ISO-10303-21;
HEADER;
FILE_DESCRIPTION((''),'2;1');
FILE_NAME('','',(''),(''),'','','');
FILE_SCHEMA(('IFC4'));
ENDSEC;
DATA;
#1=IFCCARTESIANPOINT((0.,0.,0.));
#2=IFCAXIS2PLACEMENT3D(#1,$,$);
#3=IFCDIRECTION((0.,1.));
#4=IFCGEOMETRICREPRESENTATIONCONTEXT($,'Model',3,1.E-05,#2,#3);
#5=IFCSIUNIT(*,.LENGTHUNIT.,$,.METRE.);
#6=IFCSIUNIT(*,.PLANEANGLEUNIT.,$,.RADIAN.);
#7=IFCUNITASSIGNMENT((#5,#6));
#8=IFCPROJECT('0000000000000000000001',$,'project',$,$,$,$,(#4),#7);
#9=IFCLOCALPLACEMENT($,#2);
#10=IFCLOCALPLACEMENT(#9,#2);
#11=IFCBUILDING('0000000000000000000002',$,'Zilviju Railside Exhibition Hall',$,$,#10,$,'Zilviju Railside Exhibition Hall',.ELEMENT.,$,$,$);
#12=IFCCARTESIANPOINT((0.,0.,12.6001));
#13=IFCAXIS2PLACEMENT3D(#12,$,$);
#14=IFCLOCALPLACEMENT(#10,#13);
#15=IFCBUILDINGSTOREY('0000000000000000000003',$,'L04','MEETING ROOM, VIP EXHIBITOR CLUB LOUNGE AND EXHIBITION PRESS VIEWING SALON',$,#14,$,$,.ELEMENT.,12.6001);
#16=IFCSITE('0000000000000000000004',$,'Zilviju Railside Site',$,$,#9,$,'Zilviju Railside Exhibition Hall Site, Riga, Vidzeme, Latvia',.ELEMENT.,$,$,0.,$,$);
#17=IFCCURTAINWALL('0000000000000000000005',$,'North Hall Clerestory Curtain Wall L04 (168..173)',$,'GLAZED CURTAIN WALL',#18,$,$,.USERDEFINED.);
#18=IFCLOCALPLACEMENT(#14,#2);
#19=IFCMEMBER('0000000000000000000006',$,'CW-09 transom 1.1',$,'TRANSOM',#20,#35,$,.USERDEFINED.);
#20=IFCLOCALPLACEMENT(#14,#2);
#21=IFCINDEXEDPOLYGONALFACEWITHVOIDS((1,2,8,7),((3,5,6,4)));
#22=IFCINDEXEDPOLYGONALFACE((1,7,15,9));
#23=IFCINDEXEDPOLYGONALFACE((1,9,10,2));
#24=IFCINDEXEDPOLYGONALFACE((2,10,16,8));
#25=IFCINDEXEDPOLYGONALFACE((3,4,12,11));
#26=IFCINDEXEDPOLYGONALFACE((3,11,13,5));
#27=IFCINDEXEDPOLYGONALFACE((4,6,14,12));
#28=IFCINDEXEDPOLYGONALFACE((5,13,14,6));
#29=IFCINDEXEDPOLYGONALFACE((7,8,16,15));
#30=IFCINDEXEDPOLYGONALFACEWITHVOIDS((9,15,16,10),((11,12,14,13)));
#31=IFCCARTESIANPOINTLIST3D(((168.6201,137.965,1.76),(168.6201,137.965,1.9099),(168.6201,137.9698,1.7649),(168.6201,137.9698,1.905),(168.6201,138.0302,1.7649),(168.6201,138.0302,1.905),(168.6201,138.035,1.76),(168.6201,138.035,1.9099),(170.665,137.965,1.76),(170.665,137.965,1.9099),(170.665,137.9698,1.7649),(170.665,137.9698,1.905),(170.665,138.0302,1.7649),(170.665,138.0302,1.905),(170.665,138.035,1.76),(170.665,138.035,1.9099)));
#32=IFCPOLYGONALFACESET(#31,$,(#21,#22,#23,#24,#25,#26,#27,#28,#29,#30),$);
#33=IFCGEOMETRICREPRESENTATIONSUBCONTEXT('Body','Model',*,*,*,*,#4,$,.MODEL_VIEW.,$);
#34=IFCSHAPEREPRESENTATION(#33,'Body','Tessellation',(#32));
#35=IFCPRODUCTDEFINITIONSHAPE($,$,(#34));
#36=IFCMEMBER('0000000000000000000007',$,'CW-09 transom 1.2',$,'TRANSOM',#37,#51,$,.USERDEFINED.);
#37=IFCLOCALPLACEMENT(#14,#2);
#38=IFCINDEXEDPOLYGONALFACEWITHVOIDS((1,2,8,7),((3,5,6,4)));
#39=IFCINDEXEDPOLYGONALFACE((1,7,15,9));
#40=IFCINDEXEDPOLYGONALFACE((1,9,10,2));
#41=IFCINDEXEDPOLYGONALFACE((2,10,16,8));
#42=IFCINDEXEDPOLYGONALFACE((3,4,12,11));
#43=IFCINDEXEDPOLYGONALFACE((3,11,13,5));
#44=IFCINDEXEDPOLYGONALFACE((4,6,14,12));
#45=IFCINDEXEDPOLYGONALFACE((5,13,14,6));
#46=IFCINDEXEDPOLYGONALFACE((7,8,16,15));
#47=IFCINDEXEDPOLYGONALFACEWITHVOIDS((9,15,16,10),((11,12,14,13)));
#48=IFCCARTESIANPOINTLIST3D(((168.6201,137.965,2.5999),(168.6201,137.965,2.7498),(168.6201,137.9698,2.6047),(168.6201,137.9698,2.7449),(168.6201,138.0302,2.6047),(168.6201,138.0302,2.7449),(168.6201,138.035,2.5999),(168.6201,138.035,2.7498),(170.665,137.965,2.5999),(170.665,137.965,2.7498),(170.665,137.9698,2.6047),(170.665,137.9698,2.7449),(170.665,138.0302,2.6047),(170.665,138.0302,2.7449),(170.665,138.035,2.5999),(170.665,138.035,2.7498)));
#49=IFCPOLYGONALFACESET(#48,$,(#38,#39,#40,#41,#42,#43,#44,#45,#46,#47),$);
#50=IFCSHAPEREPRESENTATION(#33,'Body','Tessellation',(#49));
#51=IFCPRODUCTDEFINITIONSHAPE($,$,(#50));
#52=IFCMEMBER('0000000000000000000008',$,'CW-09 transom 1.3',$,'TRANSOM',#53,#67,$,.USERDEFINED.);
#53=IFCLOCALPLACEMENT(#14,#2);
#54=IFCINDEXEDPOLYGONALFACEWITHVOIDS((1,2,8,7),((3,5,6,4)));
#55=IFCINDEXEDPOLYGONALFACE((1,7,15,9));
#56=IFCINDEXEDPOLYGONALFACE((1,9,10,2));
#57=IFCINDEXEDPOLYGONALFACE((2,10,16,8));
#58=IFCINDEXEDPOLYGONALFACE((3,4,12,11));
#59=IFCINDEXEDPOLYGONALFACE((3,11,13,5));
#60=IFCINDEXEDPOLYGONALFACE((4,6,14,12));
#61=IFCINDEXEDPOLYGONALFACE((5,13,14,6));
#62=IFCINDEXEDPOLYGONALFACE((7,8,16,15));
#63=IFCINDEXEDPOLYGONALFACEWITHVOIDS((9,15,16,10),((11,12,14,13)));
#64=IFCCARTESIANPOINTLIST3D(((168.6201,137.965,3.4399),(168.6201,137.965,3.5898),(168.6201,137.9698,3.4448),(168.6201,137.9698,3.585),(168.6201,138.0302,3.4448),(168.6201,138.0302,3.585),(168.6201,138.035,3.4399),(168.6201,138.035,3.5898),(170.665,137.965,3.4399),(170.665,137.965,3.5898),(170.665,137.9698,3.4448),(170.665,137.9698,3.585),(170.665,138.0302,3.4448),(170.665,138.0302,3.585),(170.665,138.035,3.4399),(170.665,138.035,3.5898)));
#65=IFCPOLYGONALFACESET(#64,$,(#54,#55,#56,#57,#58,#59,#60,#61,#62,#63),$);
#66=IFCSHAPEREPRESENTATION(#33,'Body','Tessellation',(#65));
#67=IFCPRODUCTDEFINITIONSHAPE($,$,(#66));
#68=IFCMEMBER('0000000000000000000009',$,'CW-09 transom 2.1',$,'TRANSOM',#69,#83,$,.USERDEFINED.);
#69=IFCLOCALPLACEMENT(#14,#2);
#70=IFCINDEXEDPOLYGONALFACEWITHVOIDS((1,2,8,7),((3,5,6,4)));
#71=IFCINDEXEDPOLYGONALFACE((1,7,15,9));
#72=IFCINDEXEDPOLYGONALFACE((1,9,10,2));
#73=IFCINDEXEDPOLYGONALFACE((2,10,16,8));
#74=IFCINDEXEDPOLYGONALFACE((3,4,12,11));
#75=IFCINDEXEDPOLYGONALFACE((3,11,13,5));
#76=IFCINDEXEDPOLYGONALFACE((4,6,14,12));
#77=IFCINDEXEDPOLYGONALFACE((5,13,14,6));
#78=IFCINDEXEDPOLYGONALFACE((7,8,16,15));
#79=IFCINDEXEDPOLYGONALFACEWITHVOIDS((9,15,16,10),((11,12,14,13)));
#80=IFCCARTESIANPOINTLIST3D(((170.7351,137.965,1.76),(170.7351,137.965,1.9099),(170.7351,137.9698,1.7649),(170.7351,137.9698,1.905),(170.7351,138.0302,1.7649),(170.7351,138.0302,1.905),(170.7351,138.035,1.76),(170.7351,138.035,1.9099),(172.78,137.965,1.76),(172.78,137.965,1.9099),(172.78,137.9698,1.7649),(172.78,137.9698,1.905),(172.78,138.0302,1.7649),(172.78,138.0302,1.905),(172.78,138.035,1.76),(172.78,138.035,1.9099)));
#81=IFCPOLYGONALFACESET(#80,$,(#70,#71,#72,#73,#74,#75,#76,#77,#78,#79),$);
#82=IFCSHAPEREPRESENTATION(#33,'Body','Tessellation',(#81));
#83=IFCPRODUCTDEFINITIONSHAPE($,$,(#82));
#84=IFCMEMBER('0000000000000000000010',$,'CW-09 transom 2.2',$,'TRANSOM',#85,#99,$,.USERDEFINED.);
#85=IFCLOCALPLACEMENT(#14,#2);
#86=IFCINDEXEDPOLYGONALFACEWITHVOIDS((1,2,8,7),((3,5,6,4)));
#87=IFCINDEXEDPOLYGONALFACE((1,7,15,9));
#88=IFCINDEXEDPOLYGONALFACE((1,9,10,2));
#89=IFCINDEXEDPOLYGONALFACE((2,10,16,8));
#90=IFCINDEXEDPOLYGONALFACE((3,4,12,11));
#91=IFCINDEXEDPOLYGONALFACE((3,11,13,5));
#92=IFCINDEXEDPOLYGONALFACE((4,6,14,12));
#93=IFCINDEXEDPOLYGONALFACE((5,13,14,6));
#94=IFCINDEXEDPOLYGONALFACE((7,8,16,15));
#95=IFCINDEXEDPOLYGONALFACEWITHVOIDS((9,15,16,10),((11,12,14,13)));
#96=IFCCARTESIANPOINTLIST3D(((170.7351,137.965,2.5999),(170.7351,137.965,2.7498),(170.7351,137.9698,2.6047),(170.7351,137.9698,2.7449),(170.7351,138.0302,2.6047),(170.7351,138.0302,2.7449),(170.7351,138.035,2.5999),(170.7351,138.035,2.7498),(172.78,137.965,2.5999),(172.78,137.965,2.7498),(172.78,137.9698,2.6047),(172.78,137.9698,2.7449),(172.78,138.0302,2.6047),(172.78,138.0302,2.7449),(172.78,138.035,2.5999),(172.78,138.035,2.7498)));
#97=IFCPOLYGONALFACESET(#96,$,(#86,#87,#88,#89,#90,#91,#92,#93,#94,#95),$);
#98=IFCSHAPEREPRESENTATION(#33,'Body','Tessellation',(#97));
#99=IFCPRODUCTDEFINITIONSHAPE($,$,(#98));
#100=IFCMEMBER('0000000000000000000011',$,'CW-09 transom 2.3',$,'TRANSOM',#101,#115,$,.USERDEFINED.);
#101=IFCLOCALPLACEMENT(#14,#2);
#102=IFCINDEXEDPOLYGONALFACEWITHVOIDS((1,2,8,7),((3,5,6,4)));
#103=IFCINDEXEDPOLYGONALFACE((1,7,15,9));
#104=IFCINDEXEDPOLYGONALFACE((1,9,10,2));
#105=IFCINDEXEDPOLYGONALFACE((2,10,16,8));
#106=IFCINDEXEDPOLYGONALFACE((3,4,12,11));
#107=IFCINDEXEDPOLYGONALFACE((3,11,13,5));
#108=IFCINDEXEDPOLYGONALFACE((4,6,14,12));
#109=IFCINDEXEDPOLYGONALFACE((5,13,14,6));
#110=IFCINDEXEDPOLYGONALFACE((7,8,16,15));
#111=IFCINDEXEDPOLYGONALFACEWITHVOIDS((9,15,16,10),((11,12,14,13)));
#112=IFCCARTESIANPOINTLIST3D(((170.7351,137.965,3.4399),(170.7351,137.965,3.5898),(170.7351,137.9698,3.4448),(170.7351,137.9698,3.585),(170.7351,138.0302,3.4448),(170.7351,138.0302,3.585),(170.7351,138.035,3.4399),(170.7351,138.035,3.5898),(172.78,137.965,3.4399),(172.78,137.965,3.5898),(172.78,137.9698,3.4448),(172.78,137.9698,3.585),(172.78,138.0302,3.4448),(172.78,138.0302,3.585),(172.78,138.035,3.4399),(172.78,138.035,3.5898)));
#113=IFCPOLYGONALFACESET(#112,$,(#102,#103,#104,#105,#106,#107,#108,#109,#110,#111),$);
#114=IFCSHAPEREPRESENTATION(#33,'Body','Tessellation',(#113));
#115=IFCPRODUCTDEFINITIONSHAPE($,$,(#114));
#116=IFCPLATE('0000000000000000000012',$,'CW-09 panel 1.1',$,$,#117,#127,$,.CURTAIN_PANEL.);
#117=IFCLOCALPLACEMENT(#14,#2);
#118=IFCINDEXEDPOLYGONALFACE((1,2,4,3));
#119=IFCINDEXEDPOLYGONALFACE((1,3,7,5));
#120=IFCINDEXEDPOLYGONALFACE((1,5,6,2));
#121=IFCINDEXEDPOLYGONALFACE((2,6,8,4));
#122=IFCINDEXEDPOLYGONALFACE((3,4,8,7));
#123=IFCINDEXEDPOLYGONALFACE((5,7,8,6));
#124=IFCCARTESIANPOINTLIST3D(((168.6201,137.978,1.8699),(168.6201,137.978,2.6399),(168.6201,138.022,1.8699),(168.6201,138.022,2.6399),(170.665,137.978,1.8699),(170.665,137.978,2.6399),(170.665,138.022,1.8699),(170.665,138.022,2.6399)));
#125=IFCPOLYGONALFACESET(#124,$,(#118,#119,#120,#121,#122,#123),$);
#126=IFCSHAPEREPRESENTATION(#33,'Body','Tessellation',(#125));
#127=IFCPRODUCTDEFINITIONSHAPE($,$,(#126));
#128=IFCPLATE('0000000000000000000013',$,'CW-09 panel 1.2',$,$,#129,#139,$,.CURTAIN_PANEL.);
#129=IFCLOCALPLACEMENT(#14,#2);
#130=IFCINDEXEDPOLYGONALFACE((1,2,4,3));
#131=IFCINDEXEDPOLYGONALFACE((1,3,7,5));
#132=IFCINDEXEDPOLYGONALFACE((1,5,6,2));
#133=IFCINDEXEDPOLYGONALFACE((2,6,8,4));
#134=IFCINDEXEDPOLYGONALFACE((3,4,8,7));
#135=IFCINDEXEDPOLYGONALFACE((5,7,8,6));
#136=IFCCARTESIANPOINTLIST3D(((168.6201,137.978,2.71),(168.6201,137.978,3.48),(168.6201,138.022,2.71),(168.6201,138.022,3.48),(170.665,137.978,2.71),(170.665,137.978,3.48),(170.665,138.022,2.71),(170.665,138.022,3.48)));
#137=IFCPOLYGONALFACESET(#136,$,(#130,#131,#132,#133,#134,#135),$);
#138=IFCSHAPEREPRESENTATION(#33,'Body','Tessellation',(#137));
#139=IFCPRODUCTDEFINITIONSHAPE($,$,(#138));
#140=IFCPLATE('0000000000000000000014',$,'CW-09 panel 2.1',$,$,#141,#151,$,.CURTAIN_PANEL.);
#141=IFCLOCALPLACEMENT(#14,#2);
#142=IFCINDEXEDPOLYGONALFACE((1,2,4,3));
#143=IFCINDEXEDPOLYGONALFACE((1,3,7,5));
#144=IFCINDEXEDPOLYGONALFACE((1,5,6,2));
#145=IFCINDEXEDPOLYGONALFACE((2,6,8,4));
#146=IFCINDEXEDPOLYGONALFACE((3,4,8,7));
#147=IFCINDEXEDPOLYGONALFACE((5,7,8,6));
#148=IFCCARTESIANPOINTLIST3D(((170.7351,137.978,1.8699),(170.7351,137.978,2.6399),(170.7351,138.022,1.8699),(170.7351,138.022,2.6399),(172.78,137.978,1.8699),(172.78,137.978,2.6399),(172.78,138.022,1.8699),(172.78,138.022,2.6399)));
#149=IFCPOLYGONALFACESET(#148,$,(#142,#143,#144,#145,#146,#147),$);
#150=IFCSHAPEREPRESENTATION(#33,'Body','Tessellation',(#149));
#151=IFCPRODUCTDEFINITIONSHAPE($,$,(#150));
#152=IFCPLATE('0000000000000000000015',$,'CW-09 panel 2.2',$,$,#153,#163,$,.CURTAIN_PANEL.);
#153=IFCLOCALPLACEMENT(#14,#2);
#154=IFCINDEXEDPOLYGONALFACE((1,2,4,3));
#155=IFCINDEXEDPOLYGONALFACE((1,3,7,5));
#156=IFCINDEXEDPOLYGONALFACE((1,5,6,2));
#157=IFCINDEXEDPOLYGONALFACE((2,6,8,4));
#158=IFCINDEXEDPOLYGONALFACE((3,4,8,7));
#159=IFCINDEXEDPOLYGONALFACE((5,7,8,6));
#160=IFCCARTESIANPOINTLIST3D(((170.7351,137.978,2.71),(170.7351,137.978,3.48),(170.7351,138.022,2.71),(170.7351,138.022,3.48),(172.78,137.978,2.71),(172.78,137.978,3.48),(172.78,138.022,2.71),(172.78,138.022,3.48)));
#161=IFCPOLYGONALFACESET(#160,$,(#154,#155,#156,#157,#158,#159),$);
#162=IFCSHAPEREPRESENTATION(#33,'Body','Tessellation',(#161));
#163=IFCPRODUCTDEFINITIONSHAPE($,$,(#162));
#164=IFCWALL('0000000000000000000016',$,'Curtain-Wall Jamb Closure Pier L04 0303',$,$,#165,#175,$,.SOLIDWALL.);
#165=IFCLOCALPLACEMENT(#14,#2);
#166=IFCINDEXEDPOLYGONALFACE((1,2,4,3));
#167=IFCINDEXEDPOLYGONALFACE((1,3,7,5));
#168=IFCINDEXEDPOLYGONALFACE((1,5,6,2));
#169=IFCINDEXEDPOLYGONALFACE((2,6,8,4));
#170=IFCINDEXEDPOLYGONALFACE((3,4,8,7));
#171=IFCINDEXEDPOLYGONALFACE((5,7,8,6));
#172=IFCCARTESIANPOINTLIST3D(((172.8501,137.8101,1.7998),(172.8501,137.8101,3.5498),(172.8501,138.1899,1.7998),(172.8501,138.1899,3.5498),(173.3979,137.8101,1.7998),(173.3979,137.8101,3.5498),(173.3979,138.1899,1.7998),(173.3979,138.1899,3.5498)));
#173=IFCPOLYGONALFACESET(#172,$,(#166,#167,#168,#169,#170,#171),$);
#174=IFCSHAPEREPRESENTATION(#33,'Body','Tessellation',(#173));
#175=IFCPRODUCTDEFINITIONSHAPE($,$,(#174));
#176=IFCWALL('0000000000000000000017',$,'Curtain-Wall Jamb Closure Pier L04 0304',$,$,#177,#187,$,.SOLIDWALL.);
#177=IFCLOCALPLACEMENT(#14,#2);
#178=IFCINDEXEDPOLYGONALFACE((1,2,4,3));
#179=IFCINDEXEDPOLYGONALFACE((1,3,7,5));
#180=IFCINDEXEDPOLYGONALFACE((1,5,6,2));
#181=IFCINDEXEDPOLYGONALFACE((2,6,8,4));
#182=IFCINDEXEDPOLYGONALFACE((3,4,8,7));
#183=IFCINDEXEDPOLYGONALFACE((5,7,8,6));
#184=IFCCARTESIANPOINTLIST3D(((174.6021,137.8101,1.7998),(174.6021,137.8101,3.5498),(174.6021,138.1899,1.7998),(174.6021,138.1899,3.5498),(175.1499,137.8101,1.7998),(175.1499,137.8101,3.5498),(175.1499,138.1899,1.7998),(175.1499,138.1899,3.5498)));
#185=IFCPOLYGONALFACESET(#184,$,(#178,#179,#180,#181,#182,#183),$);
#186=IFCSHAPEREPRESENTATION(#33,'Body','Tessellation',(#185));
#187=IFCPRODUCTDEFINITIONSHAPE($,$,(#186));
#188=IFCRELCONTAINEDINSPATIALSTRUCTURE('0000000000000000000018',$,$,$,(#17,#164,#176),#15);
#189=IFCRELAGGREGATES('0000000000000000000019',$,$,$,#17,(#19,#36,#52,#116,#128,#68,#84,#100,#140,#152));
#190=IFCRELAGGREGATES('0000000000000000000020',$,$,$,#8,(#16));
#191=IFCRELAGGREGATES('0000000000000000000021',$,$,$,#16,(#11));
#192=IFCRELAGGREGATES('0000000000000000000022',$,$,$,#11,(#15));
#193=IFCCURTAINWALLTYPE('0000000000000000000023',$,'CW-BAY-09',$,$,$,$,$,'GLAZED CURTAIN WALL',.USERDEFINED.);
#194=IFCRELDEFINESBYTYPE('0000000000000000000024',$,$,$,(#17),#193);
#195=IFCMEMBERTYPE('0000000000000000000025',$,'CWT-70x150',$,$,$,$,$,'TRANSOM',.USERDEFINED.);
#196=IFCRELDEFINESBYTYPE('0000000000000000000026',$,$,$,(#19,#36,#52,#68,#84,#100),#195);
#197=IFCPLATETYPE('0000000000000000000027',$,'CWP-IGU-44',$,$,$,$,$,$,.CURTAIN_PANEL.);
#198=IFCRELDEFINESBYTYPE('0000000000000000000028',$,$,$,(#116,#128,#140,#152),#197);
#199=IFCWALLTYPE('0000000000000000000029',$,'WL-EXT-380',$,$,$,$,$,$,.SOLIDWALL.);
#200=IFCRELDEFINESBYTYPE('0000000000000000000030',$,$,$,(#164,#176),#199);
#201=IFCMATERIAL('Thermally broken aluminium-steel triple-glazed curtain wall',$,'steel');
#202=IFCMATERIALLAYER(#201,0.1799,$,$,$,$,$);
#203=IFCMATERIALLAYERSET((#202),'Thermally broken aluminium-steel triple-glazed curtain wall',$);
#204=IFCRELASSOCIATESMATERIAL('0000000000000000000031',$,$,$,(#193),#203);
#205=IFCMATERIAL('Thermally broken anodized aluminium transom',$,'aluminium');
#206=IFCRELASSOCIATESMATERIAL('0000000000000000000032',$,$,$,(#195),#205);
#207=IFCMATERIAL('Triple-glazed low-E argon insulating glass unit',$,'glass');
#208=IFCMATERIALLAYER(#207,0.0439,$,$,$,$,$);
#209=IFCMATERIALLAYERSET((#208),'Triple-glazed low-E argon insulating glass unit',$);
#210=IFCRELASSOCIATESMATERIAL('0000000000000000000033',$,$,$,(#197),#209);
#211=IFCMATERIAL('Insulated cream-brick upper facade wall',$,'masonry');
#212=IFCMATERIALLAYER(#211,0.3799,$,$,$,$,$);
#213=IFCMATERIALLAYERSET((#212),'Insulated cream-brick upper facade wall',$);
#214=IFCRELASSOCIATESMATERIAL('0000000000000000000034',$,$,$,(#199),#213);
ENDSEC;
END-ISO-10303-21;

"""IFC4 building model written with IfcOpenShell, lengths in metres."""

from ifc_helpers import new_model, si_unit, direction, frame, frame_2d, origin, origin_2d, place, context, subcontext, project, spatial, rectangle, hollow_rectangle, extrude, material, layer, layer_set, material_profile, profile_set, type_object, element, aggregate, save


model = new_model("IFC4")

# Units and contexts
model_context = context("Model", 3, precision=1e-05, world=origin(), true_north=direction((0.0, 1.0)))
body_context = subcontext(model_context, "Body", "Model", "MODEL_VIEW")
ifc_project = project(units=[si_unit("LENGTHUNIT", "METRE"), si_unit("PLANEANGLEUNIT", "RADIAN")], contexts=[model_context])

# Site, building, storey
site_placement = place(None, origin())
site = spatial("IfcSite", under=ifc_project, at=site_placement, Name="Zilviju Railside Site", LongName="Zilviju Railside Exhibition Hall Site, Riga, Vidzeme, Latvia", CompositionType="ELEMENT", RefElevation=0.0)
building_placement = place(site_placement, origin())
building = spatial("IfcBuilding", under=site, at=building_placement, Name="Zilviju Railside Exhibition Hall", LongName="Zilviju Railside Exhibition Hall", CompositionType="ELEMENT")
storey_placement = place(building_placement, frame((0.0, 0.0, 12.6001)))
storey = spatial("IfcBuildingStorey", under=building, at=storey_placement, Name="L04", Description="MEETING ROOM, VIP EXHIBITOR CLUB LOUNGE AND EXHIBITION PRESS VIEWING SALON", CompositionType="ELEMENT", Elevation=12.6001)

# Shared definitions
ifc_material_1 = material(Name="Thermally broken aluminium-steel triple-glazed curtain wall", Category="steel")

# Curtain wall
ifc_layer_1 = layer(ifc_material_1, 0.1799)
ifc_layer_set_1 = layer_set([ifc_layer_1], Name="Thermally broken aluminium-steel triple-glazed curtain wall")
curtain_wall_type_1 = type_object("IfcCurtainWallType", Name="CW-BAY-09", ElementType="GLAZED CURTAIN WALL", PredefinedType="USERDEFINED", material=ifc_layer_set_1)
curtain_wall_1_placement = place(storey_placement, origin())
curtain_wall_1 = element("IfcCurtainWall", 1, at=curtain_wall_1_placement, inside=storey, type_object=curtain_wall_type_1, Name="North Hall Clerestory Curtain Wall L04 (168..173)", ObjectType="GLAZED CURTAIN WALL", PredefinedType="USERDEFINED")

# Members
ifc_material_2 = material(Name="Thermally broken anodized aluminium transom", Category="aluminium")
ifc_material_profile_1 = material_profile(ifc_material_2, hollow_rectangle(XDim=0.0701, YDim=0.1499, WallThickness=0.0049, at=origin_2d()), Name="TRANSOM 150x70x5")
ifc_profile_set_1 = profile_set([ifc_material_profile_1], Name="Thermally broken anodized aluminium transom")
member_type_1 = type_object("IfcMemberType", Name="CWT-70x150", ElementType="TRANSOM", PredefinedType="USERDEFINED", material=ifc_profile_set_1)
member_1_placement = place(storey_placement, frame((168.6201, 138.0, 1.835), z_axis=(1.0, 0.0, 0.0), x_axis=(0.0, 1.0, 0.0)))
member_1 = element("IfcMember", 2, at=member_1_placement, type_object=member_type_1, Name="CW-09 transom 1.1", ObjectType="TRANSOM", PredefinedType="USERDEFINED", context=body_context, shape_type="SweptSolid", body=[
    extrude(hollow_rectangle(XDim=0.0701, YDim=0.1499, WallThickness=0.0049, at=origin_2d()), origin(), (0.0, 0.0, 1.0), 2.0449),
])
member_2_placement = place(storey_placement, frame((168.6201, 138.0, 2.6748), z_axis=(1.0, 0.0, 0.0), x_axis=(0.0, 1.0, 0.0)))
member_2 = element("IfcMember", 3, at=member_2_placement, type_object=member_type_1, Name="CW-09 transom 1.2", ObjectType="TRANSOM", PredefinedType="USERDEFINED", context=body_context, shape_type="SweptSolid", body=[
    extrude(hollow_rectangle(XDim=0.0701, YDim=0.1499, WallThickness=0.0049, at=origin_2d()), origin(), (0.0, 0.0, 1.0), 2.0449),
])
member_3_placement = place(storey_placement, frame((168.6201, 138.0, 3.5149), z_axis=(1.0, 0.0, 0.0), x_axis=(0.0, 1.0, 0.0)))
member_3 = element("IfcMember", 4, at=member_3_placement, type_object=member_type_1, Name="CW-09 transom 1.3", ObjectType="TRANSOM", PredefinedType="USERDEFINED", context=body_context, shape_type="SweptSolid", body=[
    extrude(hollow_rectangle(XDim=0.0701, YDim=0.1499, WallThickness=0.0049, at=origin_2d()), origin(), (0.0, 0.0, 1.0), 2.0449),
])
member_4_placement = place(storey_placement, frame((170.7351, 138.0, 1.835), z_axis=(1.0, 0.0, 0.0), x_axis=(0.0, 1.0, 0.0)))
member_4 = element("IfcMember", 5, at=member_4_placement, type_object=member_type_1, Name="CW-09 transom 2.1", ObjectType="TRANSOM", PredefinedType="USERDEFINED", context=body_context, shape_type="SweptSolid", body=[
    extrude(hollow_rectangle(XDim=0.0701, YDim=0.1499, WallThickness=0.0049, at=origin_2d()), origin(), (0.0, 0.0, 1.0), 2.0449),
])
member_5_placement = place(storey_placement, frame((170.7351, 138.0, 2.6748), z_axis=(1.0, 0.0, 0.0), x_axis=(0.0, 1.0, 0.0)))
member_5 = element("IfcMember", 6, at=member_5_placement, type_object=member_type_1, Name="CW-09 transom 2.2", ObjectType="TRANSOM", PredefinedType="USERDEFINED", context=body_context, shape_type="SweptSolid", body=[
    extrude(hollow_rectangle(XDim=0.0701, YDim=0.1499, WallThickness=0.0049, at=origin_2d()), origin(), (0.0, 0.0, 1.0), 2.0449),
])
member_6_placement = place(storey_placement, frame((170.7351, 138.0, 3.5149), z_axis=(1.0, 0.0, 0.0), x_axis=(0.0, 1.0, 0.0)))
member_6 = element("IfcMember", 7, at=member_6_placement, type_object=member_type_1, Name="CW-09 transom 2.3", ObjectType="TRANSOM", PredefinedType="USERDEFINED", context=body_context, shape_type="SweptSolid", body=[
    extrude(hollow_rectangle(XDim=0.0701, YDim=0.1499, WallThickness=0.0049, at=origin_2d()), origin(), (0.0, 0.0, 1.0), 2.0449),
])

# Plates
ifc_material_3 = material(Name="Triple-glazed low-E argon insulating glass unit", Category="glass")
ifc_layer_2 = layer(ifc_material_3, 0.0439)
ifc_layer_set_2 = layer_set([ifc_layer_2], Name="Triple-glazed low-E argon insulating glass unit")
plate_type = type_object("IfcPlateType", Name="CWP-IGU-44", PredefinedType="CURTAIN_PANEL", material=ifc_layer_set_2)
plate_1_placement = place(storey_placement, frame((169.6426, 138.0, 1.8699), z_axis=(0.0, 0.0, 1.0), x_axis=(1.0, 0.0, 0.0)))
plate_1 = element("IfcPlate", 8, at=plate_1_placement, type_object=plate_type, Name="CW-09 panel 1.1", PredefinedType="CURTAIN_PANEL", context=body_context, shape_type="SweptSolid", body=[
    extrude(rectangle(XDim=2.0449, YDim=0.0439, at=origin_2d()), origin(), (0.0, 0.0, 1.0), 0.77),
])
plate_2_placement = place(storey_placement, frame((169.6426, 138.0, 2.71), z_axis=(0.0, 0.0, 1.0), x_axis=(1.0, 0.0, 0.0)))
plate_2 = element("IfcPlate", 9, at=plate_2_placement, type_object=plate_type, Name="CW-09 panel 1.2", PredefinedType="CURTAIN_PANEL", context=body_context, shape_type="SweptSolid", body=[
    extrude(rectangle(XDim=2.0449, YDim=0.0439, at=origin_2d()), origin(), (0.0, 0.0, 1.0), 0.77),
])
plate_3_placement = place(storey_placement, frame((171.7576, 138.0, 1.8699), z_axis=(0.0, 0.0, 1.0), x_axis=(1.0, 0.0, 0.0)))
plate_3 = element("IfcPlate", 10, at=plate_3_placement, type_object=plate_type, Name="CW-09 panel 2.1", PredefinedType="CURTAIN_PANEL", context=body_context, shape_type="SweptSolid", body=[
    extrude(rectangle(XDim=2.0449, YDim=0.0439, at=origin_2d()), origin(), (0.0, 0.0, 1.0), 0.77),
])
plate_4_placement = place(storey_placement, frame((171.7576, 138.0, 2.71), z_axis=(0.0, 0.0, 1.0), x_axis=(1.0, 0.0, 0.0)))
plate_4 = element("IfcPlate", 11, at=plate_4_placement, type_object=plate_type, Name="CW-09 panel 2.2", PredefinedType="CURTAIN_PANEL", context=body_context, shape_type="SweptSolid", body=[
    extrude(rectangle(XDim=2.0449, YDim=0.0439, at=origin_2d()), origin(), (0.0, 0.0, 1.0), 0.77),
])
aggregate(curtain_wall_1, [member_1, member_2, member_3, plate_1, plate_2, member_4, member_5, member_6, plate_3, plate_4])

# Walls
ifc_material_4 = material(Name="Insulated cream-brick upper facade wall", Category="masonry")
ifc_layer_3 = layer(ifc_material_4, 0.3799)
ifc_layer_set_3 = layer_set([ifc_layer_3], Name="Insulated cream-brick upper facade wall")
wall_type_1 = type_object("IfcWallType", Name="WL-EXT-380", PredefinedType="SOLIDWALL", material=ifc_layer_set_3)
for number, where, z_axis, x_axis, name in (
    (12, (172.8501, 138.0, 1.7998), (0.0, 0.0, 1.0), (1.0, 0.0, 0.0), "Curtain-Wall Jamb Closure Pier L04 0303"),
    (13, (174.6021, 138.0, 1.7998), (0.0, 0.0, 1.0), (1.0, 0.0, 0.0), "Curtain-Wall Jamb Closure Pier L04 0304"),
):
    element("IfcWall", number, at=place(storey_placement, frame(where, z_axis=z_axis, x_axis=x_axis)), inside=storey, type_object=wall_type_1, Name=name, PredefinedType="SOLIDWALL", context=body_context, shape_type="SweptSolid", body=[
        extrude(rectangle(XDim=0.5479, YDim=0.3799, at=frame_2d((0.2739, 0.0))), origin(), (0.0, 0.0, 1.0), 1.75),
    ])

save(model, "model.ifc")
